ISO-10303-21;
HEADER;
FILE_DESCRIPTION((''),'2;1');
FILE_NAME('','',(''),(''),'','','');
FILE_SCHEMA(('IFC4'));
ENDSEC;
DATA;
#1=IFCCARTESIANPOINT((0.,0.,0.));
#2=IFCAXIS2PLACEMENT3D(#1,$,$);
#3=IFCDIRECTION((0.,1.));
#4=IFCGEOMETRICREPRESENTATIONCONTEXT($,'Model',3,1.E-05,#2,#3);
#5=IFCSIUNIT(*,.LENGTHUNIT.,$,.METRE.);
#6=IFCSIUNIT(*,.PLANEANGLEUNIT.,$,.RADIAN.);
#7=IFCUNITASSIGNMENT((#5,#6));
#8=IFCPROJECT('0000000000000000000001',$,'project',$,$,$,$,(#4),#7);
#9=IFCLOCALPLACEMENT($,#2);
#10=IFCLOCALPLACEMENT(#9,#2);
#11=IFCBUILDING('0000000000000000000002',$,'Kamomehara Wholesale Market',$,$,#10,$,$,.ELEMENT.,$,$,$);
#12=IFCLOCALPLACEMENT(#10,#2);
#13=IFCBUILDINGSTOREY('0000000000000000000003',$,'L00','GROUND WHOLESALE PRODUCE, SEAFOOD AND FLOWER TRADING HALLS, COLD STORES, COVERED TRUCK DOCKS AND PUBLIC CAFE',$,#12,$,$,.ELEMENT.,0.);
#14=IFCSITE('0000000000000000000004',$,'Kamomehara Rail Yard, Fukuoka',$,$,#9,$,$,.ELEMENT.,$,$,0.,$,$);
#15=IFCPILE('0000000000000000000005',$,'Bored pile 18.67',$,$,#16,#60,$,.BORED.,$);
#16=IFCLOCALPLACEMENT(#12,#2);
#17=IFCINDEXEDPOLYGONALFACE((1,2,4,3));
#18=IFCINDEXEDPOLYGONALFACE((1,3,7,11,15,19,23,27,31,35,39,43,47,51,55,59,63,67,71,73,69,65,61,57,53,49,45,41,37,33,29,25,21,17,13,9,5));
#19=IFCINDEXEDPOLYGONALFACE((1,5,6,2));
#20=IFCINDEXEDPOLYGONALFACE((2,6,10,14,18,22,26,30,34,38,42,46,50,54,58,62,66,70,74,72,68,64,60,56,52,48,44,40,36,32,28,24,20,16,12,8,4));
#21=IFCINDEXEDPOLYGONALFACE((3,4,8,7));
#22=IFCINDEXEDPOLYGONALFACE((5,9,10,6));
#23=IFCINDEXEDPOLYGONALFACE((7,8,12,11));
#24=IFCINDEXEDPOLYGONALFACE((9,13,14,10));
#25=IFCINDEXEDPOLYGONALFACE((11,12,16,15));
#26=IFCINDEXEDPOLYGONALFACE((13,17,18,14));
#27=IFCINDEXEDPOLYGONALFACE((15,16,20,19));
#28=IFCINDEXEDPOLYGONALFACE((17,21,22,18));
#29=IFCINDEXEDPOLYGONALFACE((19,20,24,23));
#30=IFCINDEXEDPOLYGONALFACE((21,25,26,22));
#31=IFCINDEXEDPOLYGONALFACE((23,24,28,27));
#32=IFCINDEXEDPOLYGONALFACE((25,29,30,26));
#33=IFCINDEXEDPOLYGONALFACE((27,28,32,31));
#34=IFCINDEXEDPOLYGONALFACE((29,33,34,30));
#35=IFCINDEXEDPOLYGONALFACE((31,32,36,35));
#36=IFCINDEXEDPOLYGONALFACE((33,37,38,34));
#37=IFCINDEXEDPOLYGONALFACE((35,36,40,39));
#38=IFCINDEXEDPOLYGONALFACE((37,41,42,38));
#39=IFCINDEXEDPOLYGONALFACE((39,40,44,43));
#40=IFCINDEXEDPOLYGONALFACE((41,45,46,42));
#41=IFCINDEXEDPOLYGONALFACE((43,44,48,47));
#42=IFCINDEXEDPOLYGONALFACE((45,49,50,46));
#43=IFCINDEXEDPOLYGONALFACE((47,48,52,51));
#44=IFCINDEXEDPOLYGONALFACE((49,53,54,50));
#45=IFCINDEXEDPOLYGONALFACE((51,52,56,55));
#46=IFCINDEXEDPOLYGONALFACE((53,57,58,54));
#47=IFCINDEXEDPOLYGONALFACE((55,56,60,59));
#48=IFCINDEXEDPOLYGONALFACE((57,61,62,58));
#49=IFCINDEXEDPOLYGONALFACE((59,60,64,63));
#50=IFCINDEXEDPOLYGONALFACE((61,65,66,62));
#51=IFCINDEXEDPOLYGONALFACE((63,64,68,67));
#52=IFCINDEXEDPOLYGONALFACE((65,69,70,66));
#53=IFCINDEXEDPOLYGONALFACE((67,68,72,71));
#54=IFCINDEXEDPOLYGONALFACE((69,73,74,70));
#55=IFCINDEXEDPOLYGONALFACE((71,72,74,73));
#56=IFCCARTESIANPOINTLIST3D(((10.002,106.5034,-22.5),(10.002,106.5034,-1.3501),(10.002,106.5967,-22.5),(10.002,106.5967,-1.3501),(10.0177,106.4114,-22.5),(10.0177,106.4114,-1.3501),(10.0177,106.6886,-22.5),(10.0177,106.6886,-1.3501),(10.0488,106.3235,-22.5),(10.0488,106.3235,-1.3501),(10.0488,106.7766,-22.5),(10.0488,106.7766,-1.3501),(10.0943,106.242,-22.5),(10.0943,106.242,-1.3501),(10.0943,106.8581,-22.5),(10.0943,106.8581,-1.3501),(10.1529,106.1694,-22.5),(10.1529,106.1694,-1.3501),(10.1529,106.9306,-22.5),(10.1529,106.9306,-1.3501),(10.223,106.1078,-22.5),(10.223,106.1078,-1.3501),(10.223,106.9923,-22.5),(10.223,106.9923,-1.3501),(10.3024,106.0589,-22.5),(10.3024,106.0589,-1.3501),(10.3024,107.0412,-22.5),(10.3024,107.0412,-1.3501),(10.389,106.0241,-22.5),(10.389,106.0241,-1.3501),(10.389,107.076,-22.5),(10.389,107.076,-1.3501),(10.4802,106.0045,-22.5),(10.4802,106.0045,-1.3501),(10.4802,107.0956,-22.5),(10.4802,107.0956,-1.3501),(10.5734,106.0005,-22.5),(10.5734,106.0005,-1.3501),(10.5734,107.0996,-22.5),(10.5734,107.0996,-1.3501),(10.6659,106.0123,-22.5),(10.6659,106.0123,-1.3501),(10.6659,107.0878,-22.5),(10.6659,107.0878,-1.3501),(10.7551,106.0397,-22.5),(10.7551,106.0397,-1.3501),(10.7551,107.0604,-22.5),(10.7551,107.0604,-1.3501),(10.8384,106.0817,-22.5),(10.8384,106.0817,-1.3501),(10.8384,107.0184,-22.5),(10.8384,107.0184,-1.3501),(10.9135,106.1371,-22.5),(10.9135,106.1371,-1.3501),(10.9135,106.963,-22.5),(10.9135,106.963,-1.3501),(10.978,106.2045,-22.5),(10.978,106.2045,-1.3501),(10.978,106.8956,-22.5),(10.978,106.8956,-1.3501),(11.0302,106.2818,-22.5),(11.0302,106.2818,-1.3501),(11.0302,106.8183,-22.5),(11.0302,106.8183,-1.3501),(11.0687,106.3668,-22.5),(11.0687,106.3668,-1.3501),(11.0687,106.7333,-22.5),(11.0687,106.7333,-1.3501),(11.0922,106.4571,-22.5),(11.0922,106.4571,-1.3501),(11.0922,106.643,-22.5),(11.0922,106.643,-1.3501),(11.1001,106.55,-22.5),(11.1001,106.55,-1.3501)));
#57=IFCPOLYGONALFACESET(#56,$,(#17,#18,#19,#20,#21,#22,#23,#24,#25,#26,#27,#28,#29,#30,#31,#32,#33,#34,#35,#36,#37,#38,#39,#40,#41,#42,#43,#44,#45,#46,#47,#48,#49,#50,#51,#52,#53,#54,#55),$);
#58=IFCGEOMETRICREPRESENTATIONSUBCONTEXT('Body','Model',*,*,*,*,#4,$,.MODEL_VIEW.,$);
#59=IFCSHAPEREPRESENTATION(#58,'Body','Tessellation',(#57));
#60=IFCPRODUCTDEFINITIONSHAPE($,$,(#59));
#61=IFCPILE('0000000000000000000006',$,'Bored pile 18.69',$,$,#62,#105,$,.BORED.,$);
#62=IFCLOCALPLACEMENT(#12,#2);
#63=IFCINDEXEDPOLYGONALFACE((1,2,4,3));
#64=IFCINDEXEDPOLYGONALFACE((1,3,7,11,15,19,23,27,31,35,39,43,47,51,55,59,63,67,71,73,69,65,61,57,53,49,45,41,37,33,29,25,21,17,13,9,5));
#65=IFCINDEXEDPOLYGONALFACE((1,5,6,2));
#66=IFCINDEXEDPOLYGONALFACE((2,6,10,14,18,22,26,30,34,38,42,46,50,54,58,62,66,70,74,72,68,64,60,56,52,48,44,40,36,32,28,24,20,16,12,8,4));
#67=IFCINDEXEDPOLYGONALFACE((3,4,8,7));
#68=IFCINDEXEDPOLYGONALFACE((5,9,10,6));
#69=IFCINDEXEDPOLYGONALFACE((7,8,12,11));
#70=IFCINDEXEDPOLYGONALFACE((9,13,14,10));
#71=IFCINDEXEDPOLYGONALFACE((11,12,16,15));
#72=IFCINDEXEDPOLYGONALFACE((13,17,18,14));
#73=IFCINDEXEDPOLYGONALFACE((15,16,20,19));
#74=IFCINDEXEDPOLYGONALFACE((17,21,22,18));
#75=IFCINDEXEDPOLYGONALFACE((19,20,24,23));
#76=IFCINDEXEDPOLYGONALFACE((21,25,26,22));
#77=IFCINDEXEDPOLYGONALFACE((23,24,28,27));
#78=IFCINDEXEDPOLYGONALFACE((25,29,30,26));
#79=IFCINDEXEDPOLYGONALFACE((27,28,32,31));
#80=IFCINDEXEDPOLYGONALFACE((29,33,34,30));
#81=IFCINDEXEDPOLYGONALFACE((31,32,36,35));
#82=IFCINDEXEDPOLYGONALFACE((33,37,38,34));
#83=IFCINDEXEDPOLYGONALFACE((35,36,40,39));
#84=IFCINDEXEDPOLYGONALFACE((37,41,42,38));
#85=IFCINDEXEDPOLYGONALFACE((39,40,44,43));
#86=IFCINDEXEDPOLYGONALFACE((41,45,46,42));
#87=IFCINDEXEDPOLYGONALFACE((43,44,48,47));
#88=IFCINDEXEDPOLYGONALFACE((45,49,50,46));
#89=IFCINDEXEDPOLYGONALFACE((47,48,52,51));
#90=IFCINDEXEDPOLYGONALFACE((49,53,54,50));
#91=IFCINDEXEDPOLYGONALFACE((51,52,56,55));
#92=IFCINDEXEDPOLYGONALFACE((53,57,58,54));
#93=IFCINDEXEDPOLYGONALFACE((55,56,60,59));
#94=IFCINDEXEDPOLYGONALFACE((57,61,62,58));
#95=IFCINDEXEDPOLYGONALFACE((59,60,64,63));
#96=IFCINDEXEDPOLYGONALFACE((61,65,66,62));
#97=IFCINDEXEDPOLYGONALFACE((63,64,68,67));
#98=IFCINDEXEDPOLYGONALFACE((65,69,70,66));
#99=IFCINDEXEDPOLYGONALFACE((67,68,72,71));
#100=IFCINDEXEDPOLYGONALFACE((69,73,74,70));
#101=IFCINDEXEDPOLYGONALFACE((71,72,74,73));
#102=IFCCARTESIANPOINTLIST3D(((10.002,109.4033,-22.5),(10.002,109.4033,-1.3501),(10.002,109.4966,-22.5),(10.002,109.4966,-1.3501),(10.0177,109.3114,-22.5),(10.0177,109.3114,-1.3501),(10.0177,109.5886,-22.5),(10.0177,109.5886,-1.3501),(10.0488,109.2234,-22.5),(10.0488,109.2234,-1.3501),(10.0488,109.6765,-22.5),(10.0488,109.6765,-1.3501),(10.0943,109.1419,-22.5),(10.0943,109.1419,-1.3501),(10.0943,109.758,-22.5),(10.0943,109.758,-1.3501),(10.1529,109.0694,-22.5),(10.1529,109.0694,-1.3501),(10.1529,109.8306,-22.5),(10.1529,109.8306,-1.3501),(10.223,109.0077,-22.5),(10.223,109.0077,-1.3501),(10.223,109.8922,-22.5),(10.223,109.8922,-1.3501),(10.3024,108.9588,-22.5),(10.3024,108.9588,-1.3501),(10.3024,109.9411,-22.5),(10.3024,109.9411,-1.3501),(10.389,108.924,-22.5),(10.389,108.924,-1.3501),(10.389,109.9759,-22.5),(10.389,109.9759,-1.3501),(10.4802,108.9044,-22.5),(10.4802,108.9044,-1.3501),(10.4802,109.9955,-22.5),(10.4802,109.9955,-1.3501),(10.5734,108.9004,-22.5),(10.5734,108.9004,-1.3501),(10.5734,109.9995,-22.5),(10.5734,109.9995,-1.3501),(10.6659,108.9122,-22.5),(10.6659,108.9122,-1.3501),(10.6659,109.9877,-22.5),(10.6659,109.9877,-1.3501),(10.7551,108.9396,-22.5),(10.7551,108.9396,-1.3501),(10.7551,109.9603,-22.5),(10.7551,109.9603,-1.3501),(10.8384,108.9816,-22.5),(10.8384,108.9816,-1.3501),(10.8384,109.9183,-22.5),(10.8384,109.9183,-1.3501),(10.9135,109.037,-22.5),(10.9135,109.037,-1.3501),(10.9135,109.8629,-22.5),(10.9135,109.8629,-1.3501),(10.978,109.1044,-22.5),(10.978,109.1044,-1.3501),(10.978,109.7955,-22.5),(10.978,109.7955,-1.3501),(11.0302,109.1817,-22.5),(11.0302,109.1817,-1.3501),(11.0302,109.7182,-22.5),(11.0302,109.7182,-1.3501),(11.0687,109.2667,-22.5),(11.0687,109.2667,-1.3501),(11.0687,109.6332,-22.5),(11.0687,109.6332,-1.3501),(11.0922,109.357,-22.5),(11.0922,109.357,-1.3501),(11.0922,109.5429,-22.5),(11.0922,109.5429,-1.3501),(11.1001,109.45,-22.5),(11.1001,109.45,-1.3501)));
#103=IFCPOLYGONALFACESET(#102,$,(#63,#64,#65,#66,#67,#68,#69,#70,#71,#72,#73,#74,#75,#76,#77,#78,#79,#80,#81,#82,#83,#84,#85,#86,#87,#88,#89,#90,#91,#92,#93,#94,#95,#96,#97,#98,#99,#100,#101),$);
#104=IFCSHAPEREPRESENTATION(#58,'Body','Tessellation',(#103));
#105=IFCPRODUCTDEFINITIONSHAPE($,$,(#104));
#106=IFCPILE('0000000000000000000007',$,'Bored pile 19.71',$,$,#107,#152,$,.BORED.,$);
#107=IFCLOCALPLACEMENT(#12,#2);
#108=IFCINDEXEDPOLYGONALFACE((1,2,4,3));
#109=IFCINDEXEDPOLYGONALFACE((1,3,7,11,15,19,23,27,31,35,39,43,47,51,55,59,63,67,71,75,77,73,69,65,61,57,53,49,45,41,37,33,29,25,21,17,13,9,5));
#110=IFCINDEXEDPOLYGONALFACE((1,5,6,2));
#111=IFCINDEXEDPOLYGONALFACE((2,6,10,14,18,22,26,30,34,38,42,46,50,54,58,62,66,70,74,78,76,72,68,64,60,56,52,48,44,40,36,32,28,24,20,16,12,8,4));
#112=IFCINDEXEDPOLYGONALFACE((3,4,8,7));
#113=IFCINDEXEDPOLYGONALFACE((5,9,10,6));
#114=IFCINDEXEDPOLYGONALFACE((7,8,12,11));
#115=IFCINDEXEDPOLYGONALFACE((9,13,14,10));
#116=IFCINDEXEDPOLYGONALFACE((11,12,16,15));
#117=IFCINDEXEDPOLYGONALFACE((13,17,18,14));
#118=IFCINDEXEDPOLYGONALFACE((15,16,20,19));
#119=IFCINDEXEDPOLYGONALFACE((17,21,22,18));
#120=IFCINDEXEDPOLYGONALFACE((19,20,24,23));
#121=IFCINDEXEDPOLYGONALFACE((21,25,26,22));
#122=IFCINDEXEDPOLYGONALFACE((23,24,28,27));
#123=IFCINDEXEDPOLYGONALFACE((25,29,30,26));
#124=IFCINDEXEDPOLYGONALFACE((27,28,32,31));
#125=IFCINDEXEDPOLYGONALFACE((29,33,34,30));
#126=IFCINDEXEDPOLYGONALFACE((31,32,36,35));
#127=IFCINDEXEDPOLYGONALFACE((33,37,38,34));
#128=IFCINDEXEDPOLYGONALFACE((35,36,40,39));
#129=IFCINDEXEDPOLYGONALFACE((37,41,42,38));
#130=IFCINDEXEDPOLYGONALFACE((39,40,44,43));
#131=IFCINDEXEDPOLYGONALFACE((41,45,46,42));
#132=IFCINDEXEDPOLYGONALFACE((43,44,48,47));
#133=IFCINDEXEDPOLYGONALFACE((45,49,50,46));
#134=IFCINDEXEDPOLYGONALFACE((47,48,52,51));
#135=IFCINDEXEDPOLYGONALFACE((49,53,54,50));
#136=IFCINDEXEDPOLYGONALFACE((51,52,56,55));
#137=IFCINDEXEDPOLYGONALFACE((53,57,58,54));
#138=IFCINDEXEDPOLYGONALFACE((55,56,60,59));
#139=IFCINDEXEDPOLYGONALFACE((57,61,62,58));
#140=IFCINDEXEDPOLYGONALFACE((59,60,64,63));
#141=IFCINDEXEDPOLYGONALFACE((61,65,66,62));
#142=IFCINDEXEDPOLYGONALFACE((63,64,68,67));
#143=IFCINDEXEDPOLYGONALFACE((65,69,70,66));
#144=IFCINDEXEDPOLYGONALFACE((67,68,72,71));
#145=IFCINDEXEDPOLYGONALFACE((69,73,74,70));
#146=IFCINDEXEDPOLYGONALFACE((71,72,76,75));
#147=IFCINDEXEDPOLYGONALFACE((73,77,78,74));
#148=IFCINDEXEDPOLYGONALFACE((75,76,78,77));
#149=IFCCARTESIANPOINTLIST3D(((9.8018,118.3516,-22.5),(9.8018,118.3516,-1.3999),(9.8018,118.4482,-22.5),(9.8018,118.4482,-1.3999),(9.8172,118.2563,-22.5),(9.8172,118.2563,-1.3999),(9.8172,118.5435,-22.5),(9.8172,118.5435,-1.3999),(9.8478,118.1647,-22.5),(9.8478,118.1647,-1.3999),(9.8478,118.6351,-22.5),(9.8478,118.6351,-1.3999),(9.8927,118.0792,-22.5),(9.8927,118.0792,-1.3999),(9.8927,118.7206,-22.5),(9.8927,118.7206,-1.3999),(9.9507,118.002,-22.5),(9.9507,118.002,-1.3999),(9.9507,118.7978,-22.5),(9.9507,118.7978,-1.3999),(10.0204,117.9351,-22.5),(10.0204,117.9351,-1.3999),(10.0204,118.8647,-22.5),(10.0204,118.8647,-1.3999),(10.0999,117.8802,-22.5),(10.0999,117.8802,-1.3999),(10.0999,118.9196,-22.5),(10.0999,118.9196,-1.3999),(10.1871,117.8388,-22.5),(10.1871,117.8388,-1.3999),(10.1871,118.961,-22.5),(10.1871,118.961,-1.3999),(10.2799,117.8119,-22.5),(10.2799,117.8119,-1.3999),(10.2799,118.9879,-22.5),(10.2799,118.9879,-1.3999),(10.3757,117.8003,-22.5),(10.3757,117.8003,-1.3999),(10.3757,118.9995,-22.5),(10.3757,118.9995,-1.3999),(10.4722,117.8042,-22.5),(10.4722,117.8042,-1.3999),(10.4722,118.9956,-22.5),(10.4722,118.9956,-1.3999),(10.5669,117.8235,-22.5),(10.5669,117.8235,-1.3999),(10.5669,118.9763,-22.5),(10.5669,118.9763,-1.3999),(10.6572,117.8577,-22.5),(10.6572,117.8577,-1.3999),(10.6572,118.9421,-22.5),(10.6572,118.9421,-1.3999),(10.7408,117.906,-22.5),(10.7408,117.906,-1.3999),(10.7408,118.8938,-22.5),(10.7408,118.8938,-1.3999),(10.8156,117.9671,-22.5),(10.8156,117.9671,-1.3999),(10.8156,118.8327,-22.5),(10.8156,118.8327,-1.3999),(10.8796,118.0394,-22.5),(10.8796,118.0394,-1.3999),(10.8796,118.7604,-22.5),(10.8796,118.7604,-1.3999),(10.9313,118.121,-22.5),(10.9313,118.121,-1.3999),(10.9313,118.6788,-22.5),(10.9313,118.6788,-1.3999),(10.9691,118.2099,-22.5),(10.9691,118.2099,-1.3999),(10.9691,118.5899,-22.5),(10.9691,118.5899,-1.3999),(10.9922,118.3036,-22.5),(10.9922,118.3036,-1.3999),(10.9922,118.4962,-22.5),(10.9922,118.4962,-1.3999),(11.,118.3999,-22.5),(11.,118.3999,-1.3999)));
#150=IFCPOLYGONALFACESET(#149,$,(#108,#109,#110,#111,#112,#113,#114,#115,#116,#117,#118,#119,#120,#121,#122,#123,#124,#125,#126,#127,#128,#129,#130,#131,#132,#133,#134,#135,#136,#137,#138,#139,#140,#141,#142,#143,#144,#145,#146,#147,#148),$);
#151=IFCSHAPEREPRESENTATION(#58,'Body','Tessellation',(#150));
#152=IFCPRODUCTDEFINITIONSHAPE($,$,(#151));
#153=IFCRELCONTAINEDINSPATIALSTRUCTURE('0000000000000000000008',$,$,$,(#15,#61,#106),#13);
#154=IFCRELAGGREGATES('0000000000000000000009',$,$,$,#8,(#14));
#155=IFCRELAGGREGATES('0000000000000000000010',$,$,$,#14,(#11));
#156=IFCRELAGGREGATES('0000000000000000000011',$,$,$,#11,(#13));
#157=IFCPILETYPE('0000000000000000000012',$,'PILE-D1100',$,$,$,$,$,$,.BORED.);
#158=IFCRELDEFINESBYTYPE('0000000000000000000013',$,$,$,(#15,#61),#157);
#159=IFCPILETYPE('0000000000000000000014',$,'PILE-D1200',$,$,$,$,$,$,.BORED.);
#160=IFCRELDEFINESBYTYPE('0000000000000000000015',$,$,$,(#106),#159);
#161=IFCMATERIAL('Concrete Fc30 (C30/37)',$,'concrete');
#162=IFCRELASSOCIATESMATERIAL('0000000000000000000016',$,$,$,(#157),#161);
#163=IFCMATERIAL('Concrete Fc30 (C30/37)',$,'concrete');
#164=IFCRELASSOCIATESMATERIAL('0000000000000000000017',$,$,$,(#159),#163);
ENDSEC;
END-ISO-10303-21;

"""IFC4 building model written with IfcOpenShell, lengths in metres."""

from ifc_helpers import new_model, si_unit, direction, frame, origin, origin_2d, place, context, subcontext, project, spatial, circle, extrude, material, material_profile, profile_set, type_object, element, save


model = new_model("IFC4")

# Units and contexts
model_context = context("Model", 3, precision=1e-05, world=origin(), true_north=direction((0.0, 1.0)))
body_context = subcontext(model_context, "Body", "Model", "MODEL_VIEW")
ifc_project = project(units=[si_unit("LENGTHUNIT", "METRE"), si_unit("PLANEANGLEUNIT", "RADIAN")], contexts=[model_context])

# Site, building, storey
site_placement = place(None, origin())
site = spatial("IfcSite", under=ifc_project, at=site_placement, Name="Kamomehara Rail Yard, Fukuoka", CompositionType="ELEMENT", RefElevation=0.0)
building_placement = place(site_placement, origin())
building = spatial("IfcBuilding", under=site, at=building_placement, Name="Kamomehara Wholesale Market", CompositionType="ELEMENT")
storey_placement = place(building_placement, origin())
storey = spatial("IfcBuildingStorey", under=building, at=storey_placement, Name="L00", Description="GROUND WHOLESALE PRODUCE, SEAFOOD AND FLOWER TRADING HALLS, COLD STORES, COVERED TRUCK DOCKS AND PUBLIC CAFE", CompositionType="ELEMENT", Elevation=0.0)

# Piles
ifc_material_1 = material(Name="Concrete Fc30 (C30/37)", Category="concrete")
ifc_material_profile_1 = material_profile(ifc_material_1, circle(Radius=0.55, at=origin_2d()), Name="RC-PILE-D1100")
ifc_profile_set_1 = profile_set([ifc_material_profile_1], Name="Concrete Fc30 (C30/37)")
pile_type_1 = type_object("IfcPileType", Name="PILE-D1100", PredefinedType="BORED", material=ifc_profile_set_1)
for number, where, z_axis, x_axis, name in (
    (1, (10.55, 106.55, -1.3501), (0.0, 0.0, -1.0), (1.0, 0.0, 0.0), "Bored pile 18.67"),
    (2, (10.55, 109.45, -1.3501), (0.0, 0.0, -1.0), (1.0, 0.0, 0.0), "Bored pile 18.69"),
):
    element("IfcPile", number, at=place(storey_placement, frame(where, z_axis=z_axis, x_axis=x_axis)), inside=storey, type_object=pile_type_1, Name=name, PredefinedType="BORED", context=body_context, shape_type="SweptSolid", body=[
        extrude(circle(Radius=0.55, at=origin_2d()), origin(), (0.0, 0.0, 1.0), 21.1499),
    ])
ifc_material_2 = material(Name="Concrete Fc30 (C30/37)", Category="concrete")
ifc_material_profile_2 = material_profile(ifc_material_2, circle(Radius=0.6001, at=origin_2d()), Name="RC-PILE-D1200")
ifc_profile_set_2 = profile_set([ifc_material_profile_2], Name="Concrete Fc30 (C30/37)")
pile_type_2 = type_object("IfcPileType", Name="PILE-D1200", PredefinedType="BORED", material=ifc_profile_set_2)
pile_placement = place(storey_placement, frame((10.3999, 118.3999, -1.3999), z_axis=(0.0, 0.0, -1.0), x_axis=(1.0, 0.0, 0.0)))
element("IfcPile", 3, at=pile_placement, inside=storey, type_object=pile_type_2, Name="Bored pile 19.71", PredefinedType="BORED", context=body_context, shape_type="SweptSolid", body=[
    extrude(circle(Radius=0.6001, at=origin_2d()), origin(), (0.0, 0.0, 1.0), 21.1001),
])

save(model, "model.ifc")
